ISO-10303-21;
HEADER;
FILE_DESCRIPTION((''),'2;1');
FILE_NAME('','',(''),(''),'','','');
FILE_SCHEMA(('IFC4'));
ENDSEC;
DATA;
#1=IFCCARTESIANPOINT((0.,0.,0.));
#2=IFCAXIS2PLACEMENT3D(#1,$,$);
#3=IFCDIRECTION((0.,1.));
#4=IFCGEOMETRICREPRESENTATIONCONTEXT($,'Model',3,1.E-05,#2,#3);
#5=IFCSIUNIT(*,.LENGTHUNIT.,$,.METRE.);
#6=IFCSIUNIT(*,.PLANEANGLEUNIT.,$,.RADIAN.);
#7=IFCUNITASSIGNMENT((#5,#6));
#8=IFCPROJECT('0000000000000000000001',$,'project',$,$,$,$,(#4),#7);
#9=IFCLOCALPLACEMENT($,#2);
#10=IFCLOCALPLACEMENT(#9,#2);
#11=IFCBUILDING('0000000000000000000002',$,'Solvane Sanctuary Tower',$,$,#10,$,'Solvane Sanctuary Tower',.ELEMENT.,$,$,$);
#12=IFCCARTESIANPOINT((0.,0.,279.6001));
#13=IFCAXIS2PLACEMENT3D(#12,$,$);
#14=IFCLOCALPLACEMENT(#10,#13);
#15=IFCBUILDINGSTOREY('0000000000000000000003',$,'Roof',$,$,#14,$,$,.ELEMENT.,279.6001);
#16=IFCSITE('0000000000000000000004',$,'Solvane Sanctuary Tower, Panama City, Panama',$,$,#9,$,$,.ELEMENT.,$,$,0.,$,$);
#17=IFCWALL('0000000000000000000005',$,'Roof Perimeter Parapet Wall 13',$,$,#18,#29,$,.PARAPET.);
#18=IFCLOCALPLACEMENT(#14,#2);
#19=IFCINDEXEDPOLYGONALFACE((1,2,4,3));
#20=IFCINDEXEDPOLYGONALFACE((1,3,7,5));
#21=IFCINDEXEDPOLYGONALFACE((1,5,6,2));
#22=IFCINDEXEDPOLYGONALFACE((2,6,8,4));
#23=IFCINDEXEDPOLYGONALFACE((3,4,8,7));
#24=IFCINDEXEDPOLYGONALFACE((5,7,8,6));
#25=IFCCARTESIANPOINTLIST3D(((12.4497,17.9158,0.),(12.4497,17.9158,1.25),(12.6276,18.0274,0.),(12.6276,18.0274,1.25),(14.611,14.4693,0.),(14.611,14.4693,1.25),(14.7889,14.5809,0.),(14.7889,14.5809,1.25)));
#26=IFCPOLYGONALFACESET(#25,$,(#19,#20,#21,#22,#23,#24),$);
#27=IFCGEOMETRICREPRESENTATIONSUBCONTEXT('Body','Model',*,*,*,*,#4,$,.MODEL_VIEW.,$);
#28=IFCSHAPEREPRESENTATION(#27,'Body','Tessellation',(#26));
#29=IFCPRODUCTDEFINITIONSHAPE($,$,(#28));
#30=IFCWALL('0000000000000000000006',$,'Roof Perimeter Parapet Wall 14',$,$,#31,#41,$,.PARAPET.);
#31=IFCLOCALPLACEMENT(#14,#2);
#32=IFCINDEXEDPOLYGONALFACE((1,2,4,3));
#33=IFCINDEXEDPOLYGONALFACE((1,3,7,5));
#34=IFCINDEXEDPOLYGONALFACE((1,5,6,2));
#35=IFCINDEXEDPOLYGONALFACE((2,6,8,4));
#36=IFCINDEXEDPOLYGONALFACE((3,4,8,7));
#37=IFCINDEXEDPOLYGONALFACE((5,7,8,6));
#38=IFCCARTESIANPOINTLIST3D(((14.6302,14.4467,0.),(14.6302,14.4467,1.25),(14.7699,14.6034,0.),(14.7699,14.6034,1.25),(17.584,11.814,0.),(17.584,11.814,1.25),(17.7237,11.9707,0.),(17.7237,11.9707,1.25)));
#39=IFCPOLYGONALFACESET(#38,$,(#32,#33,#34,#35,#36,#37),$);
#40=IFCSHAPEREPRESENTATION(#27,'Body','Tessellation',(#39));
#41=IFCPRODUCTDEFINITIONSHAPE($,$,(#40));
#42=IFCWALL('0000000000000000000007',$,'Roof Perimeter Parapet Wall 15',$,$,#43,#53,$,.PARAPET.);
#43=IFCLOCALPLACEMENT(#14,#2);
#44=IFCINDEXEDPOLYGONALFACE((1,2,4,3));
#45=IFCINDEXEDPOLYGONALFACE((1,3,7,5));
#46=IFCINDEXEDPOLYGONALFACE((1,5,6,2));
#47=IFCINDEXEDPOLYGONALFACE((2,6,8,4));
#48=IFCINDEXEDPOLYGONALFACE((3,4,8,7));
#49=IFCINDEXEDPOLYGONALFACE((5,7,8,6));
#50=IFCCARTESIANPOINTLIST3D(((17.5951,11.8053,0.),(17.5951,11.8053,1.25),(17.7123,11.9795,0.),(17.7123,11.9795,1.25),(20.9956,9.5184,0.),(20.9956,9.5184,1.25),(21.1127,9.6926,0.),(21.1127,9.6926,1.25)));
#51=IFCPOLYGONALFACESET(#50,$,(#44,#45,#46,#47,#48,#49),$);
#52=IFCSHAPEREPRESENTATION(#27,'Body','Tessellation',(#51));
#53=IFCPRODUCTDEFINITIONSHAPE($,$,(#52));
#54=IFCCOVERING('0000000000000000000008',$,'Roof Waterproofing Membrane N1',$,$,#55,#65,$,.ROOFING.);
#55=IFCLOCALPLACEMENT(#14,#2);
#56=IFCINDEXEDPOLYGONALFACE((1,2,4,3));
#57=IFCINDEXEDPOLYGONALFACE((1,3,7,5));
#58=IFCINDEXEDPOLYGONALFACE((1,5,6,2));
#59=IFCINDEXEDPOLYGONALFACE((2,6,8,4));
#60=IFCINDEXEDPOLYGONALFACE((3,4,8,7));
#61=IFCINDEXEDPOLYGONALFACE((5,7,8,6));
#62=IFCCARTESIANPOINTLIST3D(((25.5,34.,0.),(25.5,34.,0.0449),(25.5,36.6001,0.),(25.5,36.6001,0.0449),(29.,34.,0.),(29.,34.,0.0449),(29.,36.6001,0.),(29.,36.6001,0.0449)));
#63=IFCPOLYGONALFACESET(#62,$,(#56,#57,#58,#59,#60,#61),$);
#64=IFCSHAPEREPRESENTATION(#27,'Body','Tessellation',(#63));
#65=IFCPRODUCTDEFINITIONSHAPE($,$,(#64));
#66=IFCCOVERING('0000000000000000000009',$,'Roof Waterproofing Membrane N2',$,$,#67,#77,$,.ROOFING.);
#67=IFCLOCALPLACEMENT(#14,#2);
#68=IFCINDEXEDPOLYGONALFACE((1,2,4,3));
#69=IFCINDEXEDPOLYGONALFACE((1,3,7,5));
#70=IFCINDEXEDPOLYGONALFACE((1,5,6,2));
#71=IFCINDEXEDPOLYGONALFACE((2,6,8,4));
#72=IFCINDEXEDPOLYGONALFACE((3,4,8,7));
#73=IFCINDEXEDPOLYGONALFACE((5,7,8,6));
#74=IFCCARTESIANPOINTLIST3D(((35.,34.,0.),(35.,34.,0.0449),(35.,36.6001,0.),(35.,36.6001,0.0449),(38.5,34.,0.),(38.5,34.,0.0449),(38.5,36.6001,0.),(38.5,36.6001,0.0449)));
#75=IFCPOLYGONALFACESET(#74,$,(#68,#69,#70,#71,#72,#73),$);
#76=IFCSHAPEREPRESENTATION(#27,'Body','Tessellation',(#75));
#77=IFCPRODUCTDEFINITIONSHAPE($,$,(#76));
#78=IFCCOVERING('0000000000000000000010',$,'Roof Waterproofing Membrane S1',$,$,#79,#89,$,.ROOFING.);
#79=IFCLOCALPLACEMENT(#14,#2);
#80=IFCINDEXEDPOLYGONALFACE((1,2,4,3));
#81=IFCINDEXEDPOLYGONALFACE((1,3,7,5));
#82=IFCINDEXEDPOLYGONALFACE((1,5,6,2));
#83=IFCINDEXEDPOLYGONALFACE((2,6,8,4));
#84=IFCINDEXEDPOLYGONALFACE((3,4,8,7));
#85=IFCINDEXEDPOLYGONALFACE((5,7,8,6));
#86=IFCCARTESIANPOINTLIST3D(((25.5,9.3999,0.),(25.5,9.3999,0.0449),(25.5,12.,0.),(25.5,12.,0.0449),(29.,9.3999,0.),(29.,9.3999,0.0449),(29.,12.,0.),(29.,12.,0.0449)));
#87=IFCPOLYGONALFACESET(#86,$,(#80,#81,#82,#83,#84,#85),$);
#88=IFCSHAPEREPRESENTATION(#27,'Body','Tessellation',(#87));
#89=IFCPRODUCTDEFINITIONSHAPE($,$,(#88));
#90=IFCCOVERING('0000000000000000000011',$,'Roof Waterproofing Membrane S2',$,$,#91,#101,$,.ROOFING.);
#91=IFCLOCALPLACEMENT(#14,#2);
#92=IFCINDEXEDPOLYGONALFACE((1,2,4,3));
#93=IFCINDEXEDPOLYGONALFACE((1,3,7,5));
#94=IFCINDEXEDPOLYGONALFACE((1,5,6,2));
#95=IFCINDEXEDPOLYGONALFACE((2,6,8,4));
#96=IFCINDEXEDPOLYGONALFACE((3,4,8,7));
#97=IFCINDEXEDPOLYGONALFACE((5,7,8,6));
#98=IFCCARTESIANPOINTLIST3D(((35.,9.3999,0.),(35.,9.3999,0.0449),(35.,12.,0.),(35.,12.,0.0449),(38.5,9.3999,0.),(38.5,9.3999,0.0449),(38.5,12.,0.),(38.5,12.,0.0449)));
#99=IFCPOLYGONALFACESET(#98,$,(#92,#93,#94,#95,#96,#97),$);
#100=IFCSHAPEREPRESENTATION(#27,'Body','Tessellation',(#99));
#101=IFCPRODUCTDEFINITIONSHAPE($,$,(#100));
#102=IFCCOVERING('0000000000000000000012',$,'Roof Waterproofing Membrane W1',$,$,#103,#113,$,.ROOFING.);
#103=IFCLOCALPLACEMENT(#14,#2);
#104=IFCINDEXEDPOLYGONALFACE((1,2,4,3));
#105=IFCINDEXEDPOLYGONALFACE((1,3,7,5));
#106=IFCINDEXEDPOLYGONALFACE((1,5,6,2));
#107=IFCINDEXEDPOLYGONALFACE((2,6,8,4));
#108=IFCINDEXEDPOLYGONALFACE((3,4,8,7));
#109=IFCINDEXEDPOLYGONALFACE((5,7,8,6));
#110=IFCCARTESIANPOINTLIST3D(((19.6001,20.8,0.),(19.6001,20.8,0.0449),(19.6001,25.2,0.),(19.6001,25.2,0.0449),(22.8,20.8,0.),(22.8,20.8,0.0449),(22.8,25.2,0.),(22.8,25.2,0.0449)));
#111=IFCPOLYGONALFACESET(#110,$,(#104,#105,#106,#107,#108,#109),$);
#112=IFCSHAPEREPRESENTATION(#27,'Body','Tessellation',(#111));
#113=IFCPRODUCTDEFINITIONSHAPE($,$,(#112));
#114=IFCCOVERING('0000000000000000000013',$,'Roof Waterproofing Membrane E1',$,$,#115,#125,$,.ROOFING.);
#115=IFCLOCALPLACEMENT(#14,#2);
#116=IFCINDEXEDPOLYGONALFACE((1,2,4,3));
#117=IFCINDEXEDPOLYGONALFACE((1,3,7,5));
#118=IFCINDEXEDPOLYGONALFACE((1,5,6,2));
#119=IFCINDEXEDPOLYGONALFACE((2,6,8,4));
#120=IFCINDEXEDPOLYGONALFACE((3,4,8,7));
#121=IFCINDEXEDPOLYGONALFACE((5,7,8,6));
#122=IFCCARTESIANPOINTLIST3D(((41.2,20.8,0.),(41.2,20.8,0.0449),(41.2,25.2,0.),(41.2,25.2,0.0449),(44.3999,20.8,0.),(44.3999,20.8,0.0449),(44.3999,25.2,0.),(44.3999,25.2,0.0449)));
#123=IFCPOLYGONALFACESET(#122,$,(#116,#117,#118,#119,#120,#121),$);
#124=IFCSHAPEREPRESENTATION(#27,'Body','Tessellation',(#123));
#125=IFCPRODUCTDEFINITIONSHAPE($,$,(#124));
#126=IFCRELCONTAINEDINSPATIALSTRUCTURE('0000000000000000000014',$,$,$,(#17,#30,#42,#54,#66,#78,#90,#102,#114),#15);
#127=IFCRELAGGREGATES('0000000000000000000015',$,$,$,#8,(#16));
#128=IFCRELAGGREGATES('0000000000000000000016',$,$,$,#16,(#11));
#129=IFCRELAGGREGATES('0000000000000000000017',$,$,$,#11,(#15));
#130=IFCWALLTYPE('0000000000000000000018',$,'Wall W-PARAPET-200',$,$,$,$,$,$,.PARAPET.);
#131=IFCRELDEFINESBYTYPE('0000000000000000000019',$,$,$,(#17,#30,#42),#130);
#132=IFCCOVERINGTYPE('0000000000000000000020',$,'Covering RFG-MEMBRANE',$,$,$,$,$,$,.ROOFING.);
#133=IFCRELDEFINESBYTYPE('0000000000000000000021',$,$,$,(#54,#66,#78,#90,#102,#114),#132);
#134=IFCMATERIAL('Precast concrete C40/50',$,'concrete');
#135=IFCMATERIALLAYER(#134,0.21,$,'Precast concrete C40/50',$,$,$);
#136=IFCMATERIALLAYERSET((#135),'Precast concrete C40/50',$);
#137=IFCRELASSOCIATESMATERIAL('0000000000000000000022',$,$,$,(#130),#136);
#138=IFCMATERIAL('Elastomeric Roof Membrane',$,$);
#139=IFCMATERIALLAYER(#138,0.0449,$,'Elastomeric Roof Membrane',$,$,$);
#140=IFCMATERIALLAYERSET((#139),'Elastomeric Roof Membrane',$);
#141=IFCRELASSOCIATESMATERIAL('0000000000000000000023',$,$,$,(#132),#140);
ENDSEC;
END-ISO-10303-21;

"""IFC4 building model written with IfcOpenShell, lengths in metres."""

from ifc_helpers import new_model, si_unit, direction, frame, frame_2d, origin, place, context, subcontext, project, spatial, polyline, rectangle, outline, extrude, material, layer, layer_set, type_object, element, save


model = new_model("IFC4")

# Units and contexts
model_context = context("Model", 3, precision=1e-05, world=origin(), true_north=direction((0.0, 1.0)))
body_context = subcontext(model_context, "Body", "Model", "MODEL_VIEW")
ifc_project = project(units=[si_unit("LENGTHUNIT", "METRE"), si_unit("PLANEANGLEUNIT", "RADIAN")], contexts=[model_context])

# Site, building, storey
site_placement = place(None, origin())
site = spatial("IfcSite", under=ifc_project, at=site_placement, Name="Solvane Sanctuary Tower, Panama City, Panama", CompositionType="ELEMENT", RefElevation=0.0)
building_placement = place(site_placement, origin())
building = spatial("IfcBuilding", under=site, at=building_placement, Name="Solvane Sanctuary Tower", LongName="Solvane Sanctuary Tower", CompositionType="ELEMENT")
storey_placement = place(building_placement, frame((0.0, 0.0, 279.6001)))
storey = spatial("IfcBuildingStorey", under=building, at=storey_placement, Name="Roof", CompositionType="ELEMENT", Elevation=279.6001)

# Walls
ifc_material_1 = material(Name="Precast concrete C40/50", Category="concrete")
ifc_layer_1 = layer(ifc_material_1, 0.21, Name="Precast concrete C40/50")
ifc_layer_set_1 = layer_set([ifc_layer_1], Name="Precast concrete C40/50")
wall_type = type_object("IfcWallType", Name="Wall W-PARAPET-200", PredefinedType="PARAPET", material=ifc_layer_set_1)
wall_1_placement = place(storey_placement, frame((12.5386, 17.9717, 0.0), z_axis=(0.0, 0.0, 1.0), x_axis=(0.531288, -0.847192, 0.0)))
element("IfcWall", 1, at=wall_1_placement, inside=storey, type_object=wall_type, Name="Roof Perimeter Parapet Wall 13", PredefinedType="PARAPET", context=body_context, shape_type="SweptSolid", body=[
    extrude(rectangle(XDim=4.0681, YDim=0.21, at=frame_2d((2.0342, 0.0))), origin(), (0.0, 0.0, 1.0), 1.25),
])
wall_2_placement = place(storey_placement, frame((14.7, 14.5251, 0.0), z_axis=(0.0, 0.0, 1.0), x_axis=(0.74651, -0.665374, 0.0)))
element("IfcWall", 2, at=wall_2_placement, inside=storey, type_object=wall_type, Name="Roof Perimeter Parapet Wall 14", PredefinedType="PARAPET", context=body_context, shape_type="SweptSolid", body=[
    extrude(rectangle(XDim=3.9568, YDim=0.21, at=frame_2d((1.9785, 0.0))), origin(), (0.0, 0.0, 1.0), 1.25),
])
wall_3_placement = place(storey_placement, frame((17.6538, 11.8923, 0.0), z_axis=(0.0, 0.0, 1.0), x_axis=(0.829798, -0.558064, 0.0)))
element("IfcWall", 3, at=wall_3_placement, inside=storey, type_object=wall_type, Name="Roof Perimeter Parapet Wall 15", PredefinedType="PARAPET", context=body_context, shape_type="SweptSolid", body=[
    extrude(rectangle(XDim=4.0979, YDim=0.21, at=frame_2d((2.0488, 0.0))), origin(), (0.0, 0.0, 1.0), 1.25),
])

# Coverings
ifc_material_2 = material(Name="Elastomeric Roof Membrane")
ifc_layer_2 = layer(ifc_material_2, 0.0449, Name="Elastomeric Roof Membrane")
ifc_layer_set_2 = layer_set([ifc_layer_2], Name="Elastomeric Roof Membrane")
covering_type_1 = type_object("IfcCoveringType", Name="Covering RFG-MEMBRANE", PredefinedType="ROOFING", material=ifc_layer_set_2)
covering_1_placement = place(storey_placement, origin())
element("IfcCovering", 4, at=covering_1_placement, inside=storey, type_object=covering_type_1, Name="Roof Waterproofing Membrane N1", PredefinedType="ROOFING", context=body_context, shape_type="SweptSolid", body=[
    extrude(outline(polyline([(25.5, 34.0), (29.0, 34.0), (29.0, 36.6001), (25.5, 36.6001), (25.5, 34.0)])), origin(), (0.0, 0.0, 1.0), 0.0449),
])
covering_2_placement = place(storey_placement, origin())
element("IfcCovering", 5, at=covering_2_placement, inside=storey, type_object=covering_type_1, Name="Roof Waterproofing Membrane N2", PredefinedType="ROOFING", context=body_context, shape_type="SweptSolid", body=[
    extrude(outline(polyline([(35.0, 34.0), (38.5, 34.0), (38.5, 36.6001), (35.0, 36.6001), (35.0, 34.0)])), origin(), (0.0, 0.0, 1.0), 0.0449),
])
covering_3_placement = place(storey_placement, origin())
element("IfcCovering", 6, at=covering_3_placement, inside=storey, type_object=covering_type_1, Name="Roof Waterproofing Membrane S1", PredefinedType="ROOFING", context=body_context, shape_type="SweptSolid", body=[
    extrude(outline(polyline([(25.5, 9.3999), (29.0, 9.3999), (29.0, 12.0), (25.5, 12.0), (25.5, 9.3999)])), origin(), (0.0, 0.0, 1.0), 0.0449),
])
covering_4_placement = place(storey_placement, origin())
element("IfcCovering", 7, at=covering_4_placement, inside=storey, type_object=covering_type_1, Name="Roof Waterproofing Membrane S2", PredefinedType="ROOFING", context=body_context, shape_type="SweptSolid", body=[
    extrude(outline(polyline([(35.0, 9.3999), (38.5, 9.3999), (38.5, 12.0), (35.0, 12.0), (35.0, 9.3999)])), origin(), (0.0, 0.0, 1.0), 0.0449),
])
covering_5_placement = place(storey_placement, origin())
element("IfcCovering", 8, at=covering_5_placement, inside=storey, type_object=covering_type_1, Name="Roof Waterproofing Membrane W1", PredefinedType="ROOFING", context=body_context, shape_type="SweptSolid", body=[
    extrude(outline(polyline([(19.6001, 20.8), (22.8, 20.8), (22.8, 25.2), (19.6001, 25.2), (19.6001, 20.8)])), origin(), (0.0, 0.0, 1.0), 0.0449),
])
covering_6_placement = place(storey_placement, origin())
element("IfcCovering", 9, at=covering_6_placement, inside=storey, type_object=covering_type_1, Name="Roof Waterproofing Membrane E1", PredefinedType="ROOFING", context=body_context, shape_type="SweptSolid", body=[
    extrude(outline(polyline([(41.2, 20.8), (44.3999, 20.8), (44.3999, 25.2), (41.2, 25.2), (41.2, 20.8)])), origin(), (0.0, 0.0, 1.0), 0.0449),
])

save(model, "model.ifc")
